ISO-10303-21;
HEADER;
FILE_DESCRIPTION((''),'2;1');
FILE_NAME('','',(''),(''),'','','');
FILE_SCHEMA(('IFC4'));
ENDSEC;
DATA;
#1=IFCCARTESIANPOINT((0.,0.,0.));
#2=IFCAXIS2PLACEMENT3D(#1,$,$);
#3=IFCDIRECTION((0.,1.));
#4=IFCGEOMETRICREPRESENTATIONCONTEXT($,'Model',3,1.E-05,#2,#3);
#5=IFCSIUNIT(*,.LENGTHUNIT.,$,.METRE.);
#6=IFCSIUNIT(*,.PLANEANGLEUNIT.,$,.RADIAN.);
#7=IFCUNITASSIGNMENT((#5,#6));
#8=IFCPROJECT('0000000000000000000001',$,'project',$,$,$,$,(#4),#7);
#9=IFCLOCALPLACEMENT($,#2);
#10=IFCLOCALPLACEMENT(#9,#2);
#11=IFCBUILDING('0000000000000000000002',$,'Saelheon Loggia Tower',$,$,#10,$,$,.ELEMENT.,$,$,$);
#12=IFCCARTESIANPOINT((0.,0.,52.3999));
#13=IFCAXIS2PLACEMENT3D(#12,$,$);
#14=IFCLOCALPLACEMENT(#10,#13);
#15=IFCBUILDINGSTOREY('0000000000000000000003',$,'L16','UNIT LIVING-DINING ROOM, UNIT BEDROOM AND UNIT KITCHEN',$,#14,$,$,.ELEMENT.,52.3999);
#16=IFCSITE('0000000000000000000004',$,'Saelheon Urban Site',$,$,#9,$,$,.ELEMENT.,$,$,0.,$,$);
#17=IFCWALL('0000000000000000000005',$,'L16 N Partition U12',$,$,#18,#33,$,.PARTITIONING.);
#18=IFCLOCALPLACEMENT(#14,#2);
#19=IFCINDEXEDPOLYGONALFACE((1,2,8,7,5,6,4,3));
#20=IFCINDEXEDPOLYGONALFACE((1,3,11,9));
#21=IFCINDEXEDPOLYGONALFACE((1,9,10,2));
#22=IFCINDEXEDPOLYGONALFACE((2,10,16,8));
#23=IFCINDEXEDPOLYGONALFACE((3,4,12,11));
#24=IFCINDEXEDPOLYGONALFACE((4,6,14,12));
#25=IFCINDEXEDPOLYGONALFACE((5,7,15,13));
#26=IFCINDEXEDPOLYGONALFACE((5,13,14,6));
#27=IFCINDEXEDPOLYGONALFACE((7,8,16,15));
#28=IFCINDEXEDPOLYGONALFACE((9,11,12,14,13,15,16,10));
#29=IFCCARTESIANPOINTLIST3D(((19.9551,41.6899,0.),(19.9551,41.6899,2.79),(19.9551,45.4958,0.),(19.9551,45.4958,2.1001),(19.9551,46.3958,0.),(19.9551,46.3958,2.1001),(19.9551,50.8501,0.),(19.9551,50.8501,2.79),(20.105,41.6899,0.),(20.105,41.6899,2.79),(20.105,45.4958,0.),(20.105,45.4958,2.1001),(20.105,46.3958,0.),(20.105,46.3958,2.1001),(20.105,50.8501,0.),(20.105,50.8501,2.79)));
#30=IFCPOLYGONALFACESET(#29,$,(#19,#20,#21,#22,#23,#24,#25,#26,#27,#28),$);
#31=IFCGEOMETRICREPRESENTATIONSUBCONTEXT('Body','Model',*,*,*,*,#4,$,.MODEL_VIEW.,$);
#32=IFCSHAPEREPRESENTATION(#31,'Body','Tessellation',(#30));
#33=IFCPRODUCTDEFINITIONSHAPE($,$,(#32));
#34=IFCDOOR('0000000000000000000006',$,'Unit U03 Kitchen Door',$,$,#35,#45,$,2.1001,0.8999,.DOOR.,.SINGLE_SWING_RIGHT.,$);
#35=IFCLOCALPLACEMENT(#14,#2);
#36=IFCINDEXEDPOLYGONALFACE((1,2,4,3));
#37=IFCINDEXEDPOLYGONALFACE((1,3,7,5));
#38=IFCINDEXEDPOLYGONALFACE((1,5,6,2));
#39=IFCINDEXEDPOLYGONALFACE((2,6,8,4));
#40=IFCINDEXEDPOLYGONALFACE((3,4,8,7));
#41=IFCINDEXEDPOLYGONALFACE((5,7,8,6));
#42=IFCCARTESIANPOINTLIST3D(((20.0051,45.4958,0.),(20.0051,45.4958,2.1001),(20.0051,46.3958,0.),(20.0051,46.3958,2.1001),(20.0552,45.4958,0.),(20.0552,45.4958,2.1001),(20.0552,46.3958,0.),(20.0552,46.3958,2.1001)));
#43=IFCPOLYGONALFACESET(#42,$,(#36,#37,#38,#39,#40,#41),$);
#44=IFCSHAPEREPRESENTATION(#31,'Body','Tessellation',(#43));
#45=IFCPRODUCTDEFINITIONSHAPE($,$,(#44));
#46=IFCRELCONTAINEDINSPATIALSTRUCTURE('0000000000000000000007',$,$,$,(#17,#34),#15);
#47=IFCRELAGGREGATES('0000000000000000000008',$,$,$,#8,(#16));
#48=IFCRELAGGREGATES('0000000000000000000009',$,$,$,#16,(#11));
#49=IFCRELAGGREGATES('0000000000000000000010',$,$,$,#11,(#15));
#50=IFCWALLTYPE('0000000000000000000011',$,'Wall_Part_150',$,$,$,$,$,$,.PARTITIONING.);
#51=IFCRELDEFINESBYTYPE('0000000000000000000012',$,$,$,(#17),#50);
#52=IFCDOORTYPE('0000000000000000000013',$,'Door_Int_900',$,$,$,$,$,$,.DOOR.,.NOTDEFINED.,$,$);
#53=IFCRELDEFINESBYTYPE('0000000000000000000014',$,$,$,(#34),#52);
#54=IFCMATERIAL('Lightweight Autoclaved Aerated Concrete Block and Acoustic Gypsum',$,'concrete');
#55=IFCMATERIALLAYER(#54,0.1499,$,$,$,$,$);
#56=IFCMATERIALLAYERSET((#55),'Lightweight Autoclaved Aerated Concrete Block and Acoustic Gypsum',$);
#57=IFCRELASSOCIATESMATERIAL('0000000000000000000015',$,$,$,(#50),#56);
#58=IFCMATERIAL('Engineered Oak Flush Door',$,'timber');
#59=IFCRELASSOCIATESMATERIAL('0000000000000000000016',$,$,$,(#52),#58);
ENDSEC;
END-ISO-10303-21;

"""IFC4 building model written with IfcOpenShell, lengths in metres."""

from ifc_helpers import new_model, si_unit, direction, frame, frame_2d, origin, place, context, subcontext, project, spatial, rectangle, extrude, source, transform, mapped, material, layer, layer_set, type_object, element, fill, save


model = new_model("IFC4")

# Units and contexts
model_context = context("Model", 3, precision=1e-05, world=origin(), true_north=direction((0.0, 1.0)))
body_context = subcontext(model_context, "Body", "Model", "MODEL_VIEW")
ifc_project = project(units=[si_unit("LENGTHUNIT", "METRE"), si_unit("PLANEANGLEUNIT", "RADIAN")], contexts=[model_context])

# Site, building, storey
site_placement = place(None, origin())
site = spatial("IfcSite", under=ifc_project, at=site_placement, Name="Saelheon Urban Site", CompositionType="ELEMENT", RefElevation=0.0)
building_placement = place(site_placement, origin())
building = spatial("IfcBuilding", under=site, at=building_placement, Name="Saelheon Loggia Tower", CompositionType="ELEMENT")
storey_placement = place(building_placement, frame((0.0, 0.0, 52.3999)))
storey = spatial("IfcBuildingStorey", under=building, at=storey_placement, Name="L16", Description="UNIT LIVING-DINING ROOM, UNIT BEDROOM AND UNIT KITCHEN", CompositionType="ELEMENT", Elevation=52.3999)

# Wall, opening, door
ifc_material_1 = material(Name="Lightweight Autoclaved Aerated Concrete Block and Acoustic Gypsum", Category="concrete")
ifc_layer_1 = layer(ifc_material_1, 0.1499)
ifc_layer_set_1 = layer_set([ifc_layer_1], Name="Lightweight Autoclaved Aerated Concrete Block and Acoustic Gypsum")
wall_type_1 = type_object("IfcWallType", Name="Wall_Part_150", PredefinedType="PARTITIONING", material=ifc_layer_set_1)
wall_1_placement = place(storey_placement, frame((20.03, 41.6899, 0.0), z_axis=(0.0, 0.0, 1.0), x_axis=(0.0, 1.0, 0.0)))
wall_1 = element("IfcWall", 1, at=wall_1_placement, inside=storey, type_object=wall_type_1, Name="L16 N Partition U12", PredefinedType="PARTITIONING", context=body_context, shape_type="SweptSolid", body=[
    extrude(rectangle(XDim=9.1602, YDim=0.1499, at=frame_2d((4.5801, 0.0))), origin(), (0.0, 0.0, 1.0), 2.79),
])
opening_1_placement = place(wall_1_placement, frame((3.8059, 0.0, 0.0)))
opening_1 = element("IfcOpeningElement", 2, at=opening_1_placement, cuts=wall_1, PredefinedType="OPENING", context=body_context, shape_type="SweptSolid", body=[
    extrude(rectangle(XDim=0.8999, YDim=2.1001, at=frame_2d((0.45, 1.05))), frame((0.0, 0.0869, 0.0), z_axis=(0.0, -1.0, 0.0), x_axis=(1.0, 0.0, 0.0)), (0.0, 0.0, 1.0), 0.1738),
])
ifc_material_2 = material(Name="Engineered Oak Flush Door", Category="timber")
door_type_1 = type_object("IfcDoorType", Name="Door_Int_900", OperationType="NOTDEFINED", PredefinedType="DOOR", material=ifc_material_2)
shared_shape_1 = source(origin(), body_context, "Body", "SweptSolid", [
    extrude(rectangle(XDim=0.8999, YDim=2.1001, at=frame_2d((0.45, 1.05))), frame((0.0, 0.0249, 0.0), z_axis=(0.0, -1.0, 0.0), x_axis=(1.0, 0.0, 0.0)), (0.0, 0.0, 1.0), 0.05),
])
door_1_placement = place(opening_1_placement, origin())
door_1 = element("IfcDoor", 3, at=door_1_placement, inside=storey, type_object=door_type_1, Name="Unit U03 Kitchen Door", OperationType="SINGLE_SWING_RIGHT", OverallHeight=2.1001, OverallWidth=0.8999, PredefinedType="DOOR", context=body_context, shape_type="MappedRepresentation", body=[
    mapped(shared_shape_1, transform((0.0, 0.0, 0.0), scale=1.0)),
])
fill(opening_1, door_1)

save(model, "model.ifc")
